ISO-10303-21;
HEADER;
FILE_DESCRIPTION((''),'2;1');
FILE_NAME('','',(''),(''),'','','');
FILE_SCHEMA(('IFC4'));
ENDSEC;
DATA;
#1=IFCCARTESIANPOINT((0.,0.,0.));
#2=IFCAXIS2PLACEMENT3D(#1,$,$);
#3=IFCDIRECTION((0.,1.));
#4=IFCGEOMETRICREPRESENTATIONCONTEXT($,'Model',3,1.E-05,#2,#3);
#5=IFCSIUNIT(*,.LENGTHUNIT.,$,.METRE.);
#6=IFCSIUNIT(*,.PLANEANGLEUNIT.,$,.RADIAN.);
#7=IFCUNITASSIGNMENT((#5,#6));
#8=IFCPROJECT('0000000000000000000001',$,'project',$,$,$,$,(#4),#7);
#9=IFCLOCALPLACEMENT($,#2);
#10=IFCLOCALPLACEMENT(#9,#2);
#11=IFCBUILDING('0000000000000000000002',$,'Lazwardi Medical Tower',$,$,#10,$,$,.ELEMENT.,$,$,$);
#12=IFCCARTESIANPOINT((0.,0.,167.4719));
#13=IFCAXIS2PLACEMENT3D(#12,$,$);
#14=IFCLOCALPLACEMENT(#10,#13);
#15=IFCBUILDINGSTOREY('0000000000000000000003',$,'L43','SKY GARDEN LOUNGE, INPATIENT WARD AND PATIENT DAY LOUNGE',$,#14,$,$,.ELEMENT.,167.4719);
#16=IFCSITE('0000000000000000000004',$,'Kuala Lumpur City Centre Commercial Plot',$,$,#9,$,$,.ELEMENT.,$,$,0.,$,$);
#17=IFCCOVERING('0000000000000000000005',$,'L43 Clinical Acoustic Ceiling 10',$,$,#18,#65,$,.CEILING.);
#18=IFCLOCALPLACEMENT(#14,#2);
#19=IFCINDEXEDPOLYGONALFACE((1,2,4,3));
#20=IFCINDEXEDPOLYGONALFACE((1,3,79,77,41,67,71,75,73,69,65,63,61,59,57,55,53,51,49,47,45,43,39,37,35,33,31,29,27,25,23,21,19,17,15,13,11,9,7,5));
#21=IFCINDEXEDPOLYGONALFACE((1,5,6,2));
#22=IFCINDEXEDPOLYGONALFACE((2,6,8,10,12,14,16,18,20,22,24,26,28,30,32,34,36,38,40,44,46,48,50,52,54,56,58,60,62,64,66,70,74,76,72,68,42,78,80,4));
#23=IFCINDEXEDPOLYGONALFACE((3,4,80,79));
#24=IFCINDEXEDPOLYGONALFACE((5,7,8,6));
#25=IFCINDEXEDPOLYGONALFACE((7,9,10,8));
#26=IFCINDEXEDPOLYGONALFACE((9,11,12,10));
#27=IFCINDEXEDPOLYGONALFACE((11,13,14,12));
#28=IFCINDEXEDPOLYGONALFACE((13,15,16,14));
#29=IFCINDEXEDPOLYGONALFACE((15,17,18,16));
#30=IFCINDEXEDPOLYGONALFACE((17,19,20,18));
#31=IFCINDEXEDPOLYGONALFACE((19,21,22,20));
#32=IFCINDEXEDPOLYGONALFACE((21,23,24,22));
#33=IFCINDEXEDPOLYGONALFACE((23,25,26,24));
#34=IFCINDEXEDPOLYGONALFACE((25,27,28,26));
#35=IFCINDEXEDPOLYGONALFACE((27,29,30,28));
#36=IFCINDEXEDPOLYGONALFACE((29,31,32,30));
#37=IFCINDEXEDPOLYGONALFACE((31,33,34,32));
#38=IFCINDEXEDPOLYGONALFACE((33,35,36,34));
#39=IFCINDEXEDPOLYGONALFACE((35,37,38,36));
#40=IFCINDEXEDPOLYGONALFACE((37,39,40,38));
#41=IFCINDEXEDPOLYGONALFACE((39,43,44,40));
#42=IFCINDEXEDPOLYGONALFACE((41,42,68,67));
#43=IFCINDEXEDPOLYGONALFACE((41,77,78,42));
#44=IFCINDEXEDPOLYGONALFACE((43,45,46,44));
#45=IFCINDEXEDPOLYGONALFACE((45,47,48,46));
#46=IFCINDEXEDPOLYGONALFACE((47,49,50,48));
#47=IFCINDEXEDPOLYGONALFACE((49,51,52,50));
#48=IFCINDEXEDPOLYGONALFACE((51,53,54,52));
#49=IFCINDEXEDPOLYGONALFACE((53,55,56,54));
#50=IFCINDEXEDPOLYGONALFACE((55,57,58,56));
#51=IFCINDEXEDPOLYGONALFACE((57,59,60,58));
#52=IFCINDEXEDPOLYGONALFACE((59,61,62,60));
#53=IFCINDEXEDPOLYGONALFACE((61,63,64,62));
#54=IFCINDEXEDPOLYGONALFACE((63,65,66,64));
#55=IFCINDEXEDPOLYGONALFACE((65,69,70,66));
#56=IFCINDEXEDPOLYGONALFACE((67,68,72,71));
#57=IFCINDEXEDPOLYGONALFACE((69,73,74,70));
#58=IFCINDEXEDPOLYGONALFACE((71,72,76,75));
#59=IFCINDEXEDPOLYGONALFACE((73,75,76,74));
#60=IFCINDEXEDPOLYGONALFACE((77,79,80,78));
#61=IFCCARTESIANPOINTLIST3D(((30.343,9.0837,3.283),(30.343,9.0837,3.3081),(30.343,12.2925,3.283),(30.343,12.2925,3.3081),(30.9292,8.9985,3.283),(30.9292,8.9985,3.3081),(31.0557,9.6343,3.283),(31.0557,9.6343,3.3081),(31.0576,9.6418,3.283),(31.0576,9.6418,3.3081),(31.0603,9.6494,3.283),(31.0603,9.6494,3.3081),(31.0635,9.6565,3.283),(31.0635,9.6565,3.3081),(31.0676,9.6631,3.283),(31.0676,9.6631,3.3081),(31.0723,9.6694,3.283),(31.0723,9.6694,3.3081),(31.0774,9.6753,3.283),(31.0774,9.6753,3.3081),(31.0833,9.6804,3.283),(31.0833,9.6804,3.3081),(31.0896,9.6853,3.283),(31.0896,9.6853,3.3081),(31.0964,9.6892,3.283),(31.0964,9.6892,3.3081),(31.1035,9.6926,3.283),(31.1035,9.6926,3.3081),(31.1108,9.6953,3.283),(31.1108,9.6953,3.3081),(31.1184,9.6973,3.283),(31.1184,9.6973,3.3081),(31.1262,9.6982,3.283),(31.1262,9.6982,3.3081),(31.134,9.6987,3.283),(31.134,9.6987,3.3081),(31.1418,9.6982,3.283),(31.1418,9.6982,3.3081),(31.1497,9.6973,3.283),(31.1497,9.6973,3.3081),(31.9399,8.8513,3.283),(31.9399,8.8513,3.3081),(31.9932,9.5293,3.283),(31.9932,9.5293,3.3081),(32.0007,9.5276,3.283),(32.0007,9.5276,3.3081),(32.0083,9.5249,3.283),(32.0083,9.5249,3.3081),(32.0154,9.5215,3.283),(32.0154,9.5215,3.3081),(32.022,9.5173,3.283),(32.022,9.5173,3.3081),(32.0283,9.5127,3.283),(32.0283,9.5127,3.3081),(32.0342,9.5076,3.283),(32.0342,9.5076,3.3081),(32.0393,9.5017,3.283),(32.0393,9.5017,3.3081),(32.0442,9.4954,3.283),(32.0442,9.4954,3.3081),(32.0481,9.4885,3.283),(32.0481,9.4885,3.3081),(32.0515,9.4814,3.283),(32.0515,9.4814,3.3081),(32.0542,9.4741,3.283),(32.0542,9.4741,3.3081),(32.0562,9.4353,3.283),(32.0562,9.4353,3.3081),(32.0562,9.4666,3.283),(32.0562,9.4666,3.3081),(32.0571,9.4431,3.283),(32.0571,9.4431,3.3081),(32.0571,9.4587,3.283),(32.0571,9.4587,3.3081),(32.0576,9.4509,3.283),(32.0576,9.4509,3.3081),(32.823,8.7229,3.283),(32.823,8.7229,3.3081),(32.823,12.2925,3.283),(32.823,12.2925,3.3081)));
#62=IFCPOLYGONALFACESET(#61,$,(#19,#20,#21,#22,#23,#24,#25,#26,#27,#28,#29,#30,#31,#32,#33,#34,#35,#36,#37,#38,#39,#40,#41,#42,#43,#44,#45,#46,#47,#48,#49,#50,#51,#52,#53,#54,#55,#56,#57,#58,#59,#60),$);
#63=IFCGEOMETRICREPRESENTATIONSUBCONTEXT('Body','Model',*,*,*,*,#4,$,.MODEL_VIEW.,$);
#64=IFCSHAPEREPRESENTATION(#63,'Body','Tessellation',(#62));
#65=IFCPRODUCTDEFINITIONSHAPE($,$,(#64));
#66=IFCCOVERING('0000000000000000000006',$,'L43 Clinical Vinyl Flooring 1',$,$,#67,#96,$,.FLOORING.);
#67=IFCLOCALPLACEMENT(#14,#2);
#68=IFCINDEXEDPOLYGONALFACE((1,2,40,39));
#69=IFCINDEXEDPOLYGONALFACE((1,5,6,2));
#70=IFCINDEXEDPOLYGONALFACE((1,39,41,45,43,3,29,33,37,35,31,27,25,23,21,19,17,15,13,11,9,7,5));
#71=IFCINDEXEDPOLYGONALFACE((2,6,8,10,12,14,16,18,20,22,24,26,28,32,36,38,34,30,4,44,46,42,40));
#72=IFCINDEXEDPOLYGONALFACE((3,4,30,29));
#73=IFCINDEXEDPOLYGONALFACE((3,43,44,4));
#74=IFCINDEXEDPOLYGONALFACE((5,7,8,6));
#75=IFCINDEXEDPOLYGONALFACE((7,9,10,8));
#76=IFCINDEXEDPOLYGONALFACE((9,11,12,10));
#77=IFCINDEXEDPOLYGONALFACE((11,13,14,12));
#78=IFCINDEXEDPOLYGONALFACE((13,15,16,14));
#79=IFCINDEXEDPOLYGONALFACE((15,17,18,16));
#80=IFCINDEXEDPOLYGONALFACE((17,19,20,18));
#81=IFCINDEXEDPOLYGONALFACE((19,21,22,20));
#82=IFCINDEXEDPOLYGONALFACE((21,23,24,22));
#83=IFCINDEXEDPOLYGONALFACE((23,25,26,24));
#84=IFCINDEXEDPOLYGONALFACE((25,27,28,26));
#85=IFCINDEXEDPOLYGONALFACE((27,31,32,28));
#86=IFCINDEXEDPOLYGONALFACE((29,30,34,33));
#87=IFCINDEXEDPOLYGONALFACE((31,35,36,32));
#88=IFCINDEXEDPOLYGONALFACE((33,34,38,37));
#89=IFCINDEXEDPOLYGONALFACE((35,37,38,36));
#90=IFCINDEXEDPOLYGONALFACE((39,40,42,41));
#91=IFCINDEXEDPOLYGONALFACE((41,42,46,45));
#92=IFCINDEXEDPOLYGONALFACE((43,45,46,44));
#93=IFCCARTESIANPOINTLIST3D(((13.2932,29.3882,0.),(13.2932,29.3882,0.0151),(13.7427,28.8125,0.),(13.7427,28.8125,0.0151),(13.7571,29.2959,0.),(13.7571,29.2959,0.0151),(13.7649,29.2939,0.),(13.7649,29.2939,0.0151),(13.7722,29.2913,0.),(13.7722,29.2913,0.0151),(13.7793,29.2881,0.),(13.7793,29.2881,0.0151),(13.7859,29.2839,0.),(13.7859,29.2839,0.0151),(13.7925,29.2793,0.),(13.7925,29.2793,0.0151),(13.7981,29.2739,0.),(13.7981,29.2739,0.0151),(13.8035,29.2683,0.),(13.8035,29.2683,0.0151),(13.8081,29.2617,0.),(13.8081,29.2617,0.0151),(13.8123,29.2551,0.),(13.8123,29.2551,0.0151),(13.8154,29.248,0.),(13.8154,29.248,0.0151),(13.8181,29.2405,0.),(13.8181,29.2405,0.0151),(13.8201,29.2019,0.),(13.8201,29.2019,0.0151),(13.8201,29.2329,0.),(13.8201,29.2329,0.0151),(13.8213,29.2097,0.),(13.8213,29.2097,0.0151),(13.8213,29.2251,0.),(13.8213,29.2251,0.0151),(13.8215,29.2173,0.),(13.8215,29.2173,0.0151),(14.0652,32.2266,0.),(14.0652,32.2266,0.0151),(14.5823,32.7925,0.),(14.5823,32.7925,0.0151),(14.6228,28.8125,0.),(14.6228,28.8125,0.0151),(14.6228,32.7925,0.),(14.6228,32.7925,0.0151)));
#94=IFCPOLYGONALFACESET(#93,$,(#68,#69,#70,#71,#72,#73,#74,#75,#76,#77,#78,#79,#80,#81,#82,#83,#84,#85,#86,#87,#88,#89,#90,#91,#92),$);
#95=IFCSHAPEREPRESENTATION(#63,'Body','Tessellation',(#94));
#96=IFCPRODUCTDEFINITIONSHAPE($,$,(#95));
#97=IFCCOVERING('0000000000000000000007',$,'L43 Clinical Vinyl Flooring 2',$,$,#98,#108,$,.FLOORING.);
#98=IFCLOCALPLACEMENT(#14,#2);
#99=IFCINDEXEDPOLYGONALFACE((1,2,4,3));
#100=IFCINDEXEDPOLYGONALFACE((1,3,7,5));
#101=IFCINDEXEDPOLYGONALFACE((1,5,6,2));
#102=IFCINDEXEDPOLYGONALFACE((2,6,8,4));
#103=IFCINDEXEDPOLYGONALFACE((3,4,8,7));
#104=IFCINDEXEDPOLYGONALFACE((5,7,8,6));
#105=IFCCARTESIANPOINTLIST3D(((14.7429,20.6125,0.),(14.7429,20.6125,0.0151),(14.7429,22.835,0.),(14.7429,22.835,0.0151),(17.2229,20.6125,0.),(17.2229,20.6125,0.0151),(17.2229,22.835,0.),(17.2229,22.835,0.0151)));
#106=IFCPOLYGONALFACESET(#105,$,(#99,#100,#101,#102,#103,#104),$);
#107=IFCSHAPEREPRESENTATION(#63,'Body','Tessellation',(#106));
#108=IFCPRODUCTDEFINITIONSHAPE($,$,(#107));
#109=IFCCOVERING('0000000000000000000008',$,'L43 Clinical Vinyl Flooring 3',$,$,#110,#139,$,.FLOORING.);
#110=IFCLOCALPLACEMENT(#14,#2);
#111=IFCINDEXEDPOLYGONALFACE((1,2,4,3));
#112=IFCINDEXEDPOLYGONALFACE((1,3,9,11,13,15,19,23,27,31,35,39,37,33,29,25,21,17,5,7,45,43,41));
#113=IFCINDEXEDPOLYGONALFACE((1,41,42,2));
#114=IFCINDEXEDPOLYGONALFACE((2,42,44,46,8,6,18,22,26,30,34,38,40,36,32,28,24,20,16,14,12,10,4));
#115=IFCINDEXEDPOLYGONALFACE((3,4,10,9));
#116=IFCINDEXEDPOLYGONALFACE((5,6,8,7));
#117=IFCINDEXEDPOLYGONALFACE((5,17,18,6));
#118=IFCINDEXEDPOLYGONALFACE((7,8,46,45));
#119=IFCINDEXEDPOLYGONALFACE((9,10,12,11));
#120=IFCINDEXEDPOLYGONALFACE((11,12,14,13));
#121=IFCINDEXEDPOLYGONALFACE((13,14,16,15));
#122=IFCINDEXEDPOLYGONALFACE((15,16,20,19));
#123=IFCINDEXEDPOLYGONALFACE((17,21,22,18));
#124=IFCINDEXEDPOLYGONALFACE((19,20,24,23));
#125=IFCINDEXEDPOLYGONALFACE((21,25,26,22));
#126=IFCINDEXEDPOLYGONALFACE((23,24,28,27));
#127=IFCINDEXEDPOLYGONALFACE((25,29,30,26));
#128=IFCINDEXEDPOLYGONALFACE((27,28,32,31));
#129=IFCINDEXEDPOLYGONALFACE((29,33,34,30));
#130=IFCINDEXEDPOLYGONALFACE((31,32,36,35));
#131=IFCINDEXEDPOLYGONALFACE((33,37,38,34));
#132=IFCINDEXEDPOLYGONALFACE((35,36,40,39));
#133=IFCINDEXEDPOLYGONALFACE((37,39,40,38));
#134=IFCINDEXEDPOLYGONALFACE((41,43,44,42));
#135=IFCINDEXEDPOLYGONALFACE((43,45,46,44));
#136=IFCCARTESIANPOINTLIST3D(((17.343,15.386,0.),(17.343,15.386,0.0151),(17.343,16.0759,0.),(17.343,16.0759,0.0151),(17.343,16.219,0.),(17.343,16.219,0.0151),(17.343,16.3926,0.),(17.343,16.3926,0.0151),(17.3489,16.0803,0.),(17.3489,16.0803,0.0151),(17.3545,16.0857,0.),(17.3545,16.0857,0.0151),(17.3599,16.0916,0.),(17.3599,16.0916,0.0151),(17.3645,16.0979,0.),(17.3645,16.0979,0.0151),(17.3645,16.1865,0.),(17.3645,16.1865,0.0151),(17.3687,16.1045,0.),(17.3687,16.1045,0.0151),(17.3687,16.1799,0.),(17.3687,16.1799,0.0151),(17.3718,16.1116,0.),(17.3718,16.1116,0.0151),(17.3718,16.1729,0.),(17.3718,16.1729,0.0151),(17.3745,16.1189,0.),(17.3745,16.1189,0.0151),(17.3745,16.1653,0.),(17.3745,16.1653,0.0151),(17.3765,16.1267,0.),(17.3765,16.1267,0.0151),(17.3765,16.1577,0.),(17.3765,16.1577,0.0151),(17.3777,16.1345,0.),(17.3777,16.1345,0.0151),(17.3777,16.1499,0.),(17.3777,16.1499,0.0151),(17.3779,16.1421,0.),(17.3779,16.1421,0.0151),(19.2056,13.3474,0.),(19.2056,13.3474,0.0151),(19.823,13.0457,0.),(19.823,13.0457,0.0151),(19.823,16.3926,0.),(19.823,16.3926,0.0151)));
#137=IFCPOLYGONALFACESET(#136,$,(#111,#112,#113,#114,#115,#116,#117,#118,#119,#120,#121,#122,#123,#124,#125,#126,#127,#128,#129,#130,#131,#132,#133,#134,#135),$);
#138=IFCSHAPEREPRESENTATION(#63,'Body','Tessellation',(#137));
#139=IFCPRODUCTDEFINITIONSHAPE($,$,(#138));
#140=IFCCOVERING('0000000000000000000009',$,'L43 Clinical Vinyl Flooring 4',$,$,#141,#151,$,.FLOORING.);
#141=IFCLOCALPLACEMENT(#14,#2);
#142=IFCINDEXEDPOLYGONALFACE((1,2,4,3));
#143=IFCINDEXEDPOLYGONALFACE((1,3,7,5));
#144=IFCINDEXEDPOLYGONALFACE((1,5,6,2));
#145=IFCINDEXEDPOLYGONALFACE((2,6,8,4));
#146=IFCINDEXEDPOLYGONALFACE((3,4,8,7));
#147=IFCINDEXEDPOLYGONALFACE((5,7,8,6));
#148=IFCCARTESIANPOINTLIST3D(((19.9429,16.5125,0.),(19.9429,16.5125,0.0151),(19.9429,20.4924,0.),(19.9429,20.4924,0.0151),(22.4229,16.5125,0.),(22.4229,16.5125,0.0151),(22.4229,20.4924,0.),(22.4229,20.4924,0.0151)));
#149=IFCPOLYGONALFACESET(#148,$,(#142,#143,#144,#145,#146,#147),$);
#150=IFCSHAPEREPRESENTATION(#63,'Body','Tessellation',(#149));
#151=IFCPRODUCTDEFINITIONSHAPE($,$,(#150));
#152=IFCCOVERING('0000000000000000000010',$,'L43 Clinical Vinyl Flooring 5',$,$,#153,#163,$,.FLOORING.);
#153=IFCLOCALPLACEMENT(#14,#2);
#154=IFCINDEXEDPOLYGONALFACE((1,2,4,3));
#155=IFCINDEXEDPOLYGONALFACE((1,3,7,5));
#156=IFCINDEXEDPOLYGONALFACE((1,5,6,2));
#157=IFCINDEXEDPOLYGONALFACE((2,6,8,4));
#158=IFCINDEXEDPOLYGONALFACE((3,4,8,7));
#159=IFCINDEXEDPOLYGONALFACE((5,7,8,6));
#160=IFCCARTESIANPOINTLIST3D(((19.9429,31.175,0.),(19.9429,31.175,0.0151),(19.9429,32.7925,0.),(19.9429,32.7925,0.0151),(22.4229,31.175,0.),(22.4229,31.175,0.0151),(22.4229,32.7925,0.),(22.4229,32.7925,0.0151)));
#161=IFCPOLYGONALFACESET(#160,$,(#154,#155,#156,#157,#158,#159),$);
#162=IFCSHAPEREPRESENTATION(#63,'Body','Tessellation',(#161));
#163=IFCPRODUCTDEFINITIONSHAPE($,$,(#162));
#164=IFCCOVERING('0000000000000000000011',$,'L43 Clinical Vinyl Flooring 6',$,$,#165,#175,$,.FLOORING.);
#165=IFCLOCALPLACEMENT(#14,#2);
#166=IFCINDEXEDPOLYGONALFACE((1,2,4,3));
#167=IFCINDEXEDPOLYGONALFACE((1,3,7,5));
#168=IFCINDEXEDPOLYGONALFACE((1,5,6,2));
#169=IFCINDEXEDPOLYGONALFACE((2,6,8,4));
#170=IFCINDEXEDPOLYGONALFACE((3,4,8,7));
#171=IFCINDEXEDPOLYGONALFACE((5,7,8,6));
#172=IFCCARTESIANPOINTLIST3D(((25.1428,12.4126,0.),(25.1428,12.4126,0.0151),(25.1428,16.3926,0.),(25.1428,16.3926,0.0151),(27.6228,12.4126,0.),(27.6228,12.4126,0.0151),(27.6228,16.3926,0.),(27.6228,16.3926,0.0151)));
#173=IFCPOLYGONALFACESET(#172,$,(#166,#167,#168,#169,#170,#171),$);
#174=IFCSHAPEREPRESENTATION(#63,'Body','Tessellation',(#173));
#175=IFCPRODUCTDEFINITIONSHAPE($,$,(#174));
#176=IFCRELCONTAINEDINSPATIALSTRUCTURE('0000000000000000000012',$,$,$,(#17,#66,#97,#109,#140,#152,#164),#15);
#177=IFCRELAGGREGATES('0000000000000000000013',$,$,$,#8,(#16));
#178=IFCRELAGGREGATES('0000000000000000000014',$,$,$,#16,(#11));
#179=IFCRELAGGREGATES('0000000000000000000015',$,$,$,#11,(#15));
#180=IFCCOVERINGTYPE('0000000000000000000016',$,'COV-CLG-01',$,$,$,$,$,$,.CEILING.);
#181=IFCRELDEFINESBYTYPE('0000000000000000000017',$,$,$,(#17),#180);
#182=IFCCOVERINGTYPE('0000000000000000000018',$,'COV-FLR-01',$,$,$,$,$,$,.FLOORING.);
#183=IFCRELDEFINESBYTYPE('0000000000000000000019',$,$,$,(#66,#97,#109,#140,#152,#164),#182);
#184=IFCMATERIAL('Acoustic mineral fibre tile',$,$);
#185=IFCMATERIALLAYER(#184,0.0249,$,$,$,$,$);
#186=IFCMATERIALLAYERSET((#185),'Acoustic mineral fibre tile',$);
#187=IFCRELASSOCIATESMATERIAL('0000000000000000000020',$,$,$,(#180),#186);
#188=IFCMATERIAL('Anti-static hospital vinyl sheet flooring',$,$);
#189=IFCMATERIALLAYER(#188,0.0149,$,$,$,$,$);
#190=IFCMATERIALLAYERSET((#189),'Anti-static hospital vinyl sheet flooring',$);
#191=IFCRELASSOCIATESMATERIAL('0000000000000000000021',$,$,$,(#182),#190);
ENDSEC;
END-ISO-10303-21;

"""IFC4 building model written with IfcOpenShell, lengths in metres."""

from ifc_helpers import new_model, si_unit, direction, frame, origin, place, context, subcontext, project, spatial, polyline, outline, extrude, material, layer, layer_set, type_object, element, save


model = new_model("IFC4")

# Units and contexts
model_context = context("Model", 3, precision=1e-05, world=origin(), true_north=direction((0.0, 1.0)))
body_context = subcontext(model_context, "Body", "Model", "MODEL_VIEW")
ifc_project = project(units=[si_unit("LENGTHUNIT", "METRE"), si_unit("PLANEANGLEUNIT", "RADIAN")], contexts=[model_context])

# Site, building, storey
site_placement = place(None, origin())
site = spatial("IfcSite", under=ifc_project, at=site_placement, Name="Kuala Lumpur City Centre Commercial Plot", CompositionType="ELEMENT", RefElevation=0.0)
building_placement = place(site_placement, origin())
building = spatial("IfcBuilding", under=site, at=building_placement, Name="Lazwardi Medical Tower", CompositionType="ELEMENT")
storey_placement = place(building_placement, frame((0.0, 0.0, 167.4719)))
storey = spatial("IfcBuildingStorey", under=building, at=storey_placement, Name="L43", Description="SKY GARDEN LOUNGE, INPATIENT WARD AND PATIENT DAY LOUNGE", CompositionType="ELEMENT", Elevation=167.4719)

# Coverings
ifc_material_1 = material(Name="Acoustic mineral fibre tile")
ifc_layer_1 = layer(ifc_material_1, 0.0249)
ifc_layer_set_1 = layer_set([ifc_layer_1], Name="Acoustic mineral fibre tile")
covering_type_1 = type_object("IfcCoveringType", Name="COV-CLG-01", PredefinedType="CEILING", material=ifc_layer_set_1)
covering_1_placement = place(storey_placement, frame((0.0, 0.0, 3.283)))
element("IfcCovering", 1, at=covering_1_placement, inside=storey, type_object=covering_type_1, Name="L43 Clinical Acoustic Ceiling 10", PredefinedType="CEILING", context=body_context, shape_type="SweptSolid", body=[
    extrude(outline(polyline([(30.343, 9.0837), (30.9292, 8.9985), (31.0557, 9.6343), (31.0576, 9.6418), (31.0603, 9.6494), (31.0635, 9.6565), (31.0676, 9.6631), (31.0723, 9.6694), (31.0774, 9.6753), (31.0833, 9.6804), (31.0896, 9.6853), (31.0964, 9.6892), (31.1035, 9.6926), (31.1108, 9.6953), (31.1184, 9.6973), (31.1262, 9.6982), (31.134, 9.6987), (31.1418, 9.6982), (31.1497, 9.6973), (31.9932, 9.5293), (32.0007, 9.5276), (32.0083, 9.5249), (32.0154, 9.5215), (32.022, 9.5173), (32.0283, 9.5127), (32.0342, 9.5076), (32.0393, 9.5017), (32.0442, 9.4954), (32.0481, 9.4885), (32.0515, 9.4814), (32.0542, 9.4741), (32.0562, 9.4666), (32.0571, 9.4587), (32.0576, 9.4509), (32.0571, 9.4431), (32.0562, 9.4353), (31.9399, 8.8513), (32.823, 8.7229), (32.823, 12.2925), (30.343, 12.2925), (30.343, 9.0837)])), origin(), (0.0, 0.0, 1.0), 0.0251),
])
ifc_material_2 = material(Name="Anti-static hospital vinyl sheet flooring")
ifc_layer_2 = layer(ifc_material_2, 0.0149)
ifc_layer_set_2 = layer_set([ifc_layer_2], Name="Anti-static hospital vinyl sheet flooring")
covering_type_2 = type_object("IfcCoveringType", Name="COV-FLR-01", PredefinedType="FLOORING", material=ifc_layer_set_2)
covering_2_placement = place(storey_placement, origin())
element("IfcCovering", 2, at=covering_2_placement, inside=storey, type_object=covering_type_2, Name="L43 Clinical Vinyl Flooring 1", PredefinedType="FLOORING", context=body_context, shape_type="SweptSolid", body=[
    extrude(outline(polyline([(14.5823, 32.7925), (14.0652, 32.2266), (13.2932, 29.3882), (13.7571, 29.2959), (13.7649, 29.2939), (13.7722, 29.2913), (13.7793, 29.2881), (13.7859, 29.2839), (13.7925, 29.2793), (13.7981, 29.2739), (13.8035, 29.2683), (13.8081, 29.2617), (13.8123, 29.2551), (13.8154, 29.248), (13.8181, 29.2405), (13.8201, 29.2329), (13.8213, 29.2251), (13.8215, 29.2173), (13.8213, 29.2097), (13.8201, 29.2019), (13.7427, 28.8125), (14.6228, 28.8125), (14.6228, 32.7925), (14.5823, 32.7925)])), origin(), (0.0, 0.0, 1.0), 0.0151),
])
covering_3_placement = place(storey_placement, origin())
element("IfcCovering", 3, at=covering_3_placement, inside=storey, type_object=covering_type_2, Name="L43 Clinical Vinyl Flooring 2", PredefinedType="FLOORING", context=body_context, shape_type="SweptSolid", body=[
    extrude(outline(polyline([(17.2229, 22.835), (14.7429, 22.835), (14.7429, 20.6125), (17.2229, 20.6125), (17.2229, 22.835)])), origin(), (0.0, 0.0, 1.0), 0.0151),
])
covering_4_placement = place(storey_placement, origin())
element("IfcCovering", 4, at=covering_4_placement, inside=storey, type_object=covering_type_2, Name="L43 Clinical Vinyl Flooring 3", PredefinedType="FLOORING", context=body_context, shape_type="SweptSolid", body=[
    extrude(outline(polyline([(17.343, 16.219), (17.3645, 16.1865), (17.3687, 16.1799), (17.3718, 16.1729), (17.3745, 16.1653), (17.3765, 16.1577), (17.3777, 16.1499), (17.3779, 16.1421), (17.3777, 16.1345), (17.3765, 16.1267), (17.3745, 16.1189), (17.3718, 16.1116), (17.3687, 16.1045), (17.3645, 16.0979), (17.3599, 16.0916), (17.3545, 16.0857), (17.3489, 16.0803), (17.343, 16.0759), (17.343, 15.386), (19.2056, 13.3474), (19.823, 13.0457), (19.823, 16.3926), (17.343, 16.3926), (17.343, 16.219)])), origin(), (0.0, 0.0, 1.0), 0.0151),
])
covering_5_placement = place(storey_placement, origin())
element("IfcCovering", 5, at=covering_5_placement, inside=storey, type_object=covering_type_2, Name="L43 Clinical Vinyl Flooring 4", PredefinedType="FLOORING", context=body_context, shape_type="SweptSolid", body=[
    extrude(outline(polyline([(22.4229, 16.5125), (22.4229, 20.4924), (19.9429, 20.4924), (19.9429, 16.5125), (22.4229, 16.5125)])), origin(), (0.0, 0.0, 1.0), 0.0151),
])
covering_6_placement = place(storey_placement, origin())
element("IfcCovering", 6, at=covering_6_placement, inside=storey, type_object=covering_type_2, Name="L43 Clinical Vinyl Flooring 5", PredefinedType="FLOORING", context=body_context, shape_type="SweptSolid", body=[
    extrude(outline(polyline([(19.9429, 31.175), (22.4229, 31.175), (22.4229, 32.7925), (19.9429, 32.7925), (19.9429, 31.175)])), origin(), (0.0, 0.0, 1.0), 0.0151),
])
covering_7_placement = place(storey_placement, origin())
element("IfcCovering", 7, at=covering_7_placement, inside=storey, type_object=covering_type_2, Name="L43 Clinical Vinyl Flooring 6", PredefinedType="FLOORING", context=body_context, shape_type="SweptSolid", body=[
    extrude(outline(polyline([(27.6228, 12.4126), (27.6228, 16.3926), (25.1428, 16.3926), (25.1428, 12.4126), (27.6228, 12.4126)])), origin(), (0.0, 0.0, 1.0), 0.0151),
])

save(model, "model.ifc")
